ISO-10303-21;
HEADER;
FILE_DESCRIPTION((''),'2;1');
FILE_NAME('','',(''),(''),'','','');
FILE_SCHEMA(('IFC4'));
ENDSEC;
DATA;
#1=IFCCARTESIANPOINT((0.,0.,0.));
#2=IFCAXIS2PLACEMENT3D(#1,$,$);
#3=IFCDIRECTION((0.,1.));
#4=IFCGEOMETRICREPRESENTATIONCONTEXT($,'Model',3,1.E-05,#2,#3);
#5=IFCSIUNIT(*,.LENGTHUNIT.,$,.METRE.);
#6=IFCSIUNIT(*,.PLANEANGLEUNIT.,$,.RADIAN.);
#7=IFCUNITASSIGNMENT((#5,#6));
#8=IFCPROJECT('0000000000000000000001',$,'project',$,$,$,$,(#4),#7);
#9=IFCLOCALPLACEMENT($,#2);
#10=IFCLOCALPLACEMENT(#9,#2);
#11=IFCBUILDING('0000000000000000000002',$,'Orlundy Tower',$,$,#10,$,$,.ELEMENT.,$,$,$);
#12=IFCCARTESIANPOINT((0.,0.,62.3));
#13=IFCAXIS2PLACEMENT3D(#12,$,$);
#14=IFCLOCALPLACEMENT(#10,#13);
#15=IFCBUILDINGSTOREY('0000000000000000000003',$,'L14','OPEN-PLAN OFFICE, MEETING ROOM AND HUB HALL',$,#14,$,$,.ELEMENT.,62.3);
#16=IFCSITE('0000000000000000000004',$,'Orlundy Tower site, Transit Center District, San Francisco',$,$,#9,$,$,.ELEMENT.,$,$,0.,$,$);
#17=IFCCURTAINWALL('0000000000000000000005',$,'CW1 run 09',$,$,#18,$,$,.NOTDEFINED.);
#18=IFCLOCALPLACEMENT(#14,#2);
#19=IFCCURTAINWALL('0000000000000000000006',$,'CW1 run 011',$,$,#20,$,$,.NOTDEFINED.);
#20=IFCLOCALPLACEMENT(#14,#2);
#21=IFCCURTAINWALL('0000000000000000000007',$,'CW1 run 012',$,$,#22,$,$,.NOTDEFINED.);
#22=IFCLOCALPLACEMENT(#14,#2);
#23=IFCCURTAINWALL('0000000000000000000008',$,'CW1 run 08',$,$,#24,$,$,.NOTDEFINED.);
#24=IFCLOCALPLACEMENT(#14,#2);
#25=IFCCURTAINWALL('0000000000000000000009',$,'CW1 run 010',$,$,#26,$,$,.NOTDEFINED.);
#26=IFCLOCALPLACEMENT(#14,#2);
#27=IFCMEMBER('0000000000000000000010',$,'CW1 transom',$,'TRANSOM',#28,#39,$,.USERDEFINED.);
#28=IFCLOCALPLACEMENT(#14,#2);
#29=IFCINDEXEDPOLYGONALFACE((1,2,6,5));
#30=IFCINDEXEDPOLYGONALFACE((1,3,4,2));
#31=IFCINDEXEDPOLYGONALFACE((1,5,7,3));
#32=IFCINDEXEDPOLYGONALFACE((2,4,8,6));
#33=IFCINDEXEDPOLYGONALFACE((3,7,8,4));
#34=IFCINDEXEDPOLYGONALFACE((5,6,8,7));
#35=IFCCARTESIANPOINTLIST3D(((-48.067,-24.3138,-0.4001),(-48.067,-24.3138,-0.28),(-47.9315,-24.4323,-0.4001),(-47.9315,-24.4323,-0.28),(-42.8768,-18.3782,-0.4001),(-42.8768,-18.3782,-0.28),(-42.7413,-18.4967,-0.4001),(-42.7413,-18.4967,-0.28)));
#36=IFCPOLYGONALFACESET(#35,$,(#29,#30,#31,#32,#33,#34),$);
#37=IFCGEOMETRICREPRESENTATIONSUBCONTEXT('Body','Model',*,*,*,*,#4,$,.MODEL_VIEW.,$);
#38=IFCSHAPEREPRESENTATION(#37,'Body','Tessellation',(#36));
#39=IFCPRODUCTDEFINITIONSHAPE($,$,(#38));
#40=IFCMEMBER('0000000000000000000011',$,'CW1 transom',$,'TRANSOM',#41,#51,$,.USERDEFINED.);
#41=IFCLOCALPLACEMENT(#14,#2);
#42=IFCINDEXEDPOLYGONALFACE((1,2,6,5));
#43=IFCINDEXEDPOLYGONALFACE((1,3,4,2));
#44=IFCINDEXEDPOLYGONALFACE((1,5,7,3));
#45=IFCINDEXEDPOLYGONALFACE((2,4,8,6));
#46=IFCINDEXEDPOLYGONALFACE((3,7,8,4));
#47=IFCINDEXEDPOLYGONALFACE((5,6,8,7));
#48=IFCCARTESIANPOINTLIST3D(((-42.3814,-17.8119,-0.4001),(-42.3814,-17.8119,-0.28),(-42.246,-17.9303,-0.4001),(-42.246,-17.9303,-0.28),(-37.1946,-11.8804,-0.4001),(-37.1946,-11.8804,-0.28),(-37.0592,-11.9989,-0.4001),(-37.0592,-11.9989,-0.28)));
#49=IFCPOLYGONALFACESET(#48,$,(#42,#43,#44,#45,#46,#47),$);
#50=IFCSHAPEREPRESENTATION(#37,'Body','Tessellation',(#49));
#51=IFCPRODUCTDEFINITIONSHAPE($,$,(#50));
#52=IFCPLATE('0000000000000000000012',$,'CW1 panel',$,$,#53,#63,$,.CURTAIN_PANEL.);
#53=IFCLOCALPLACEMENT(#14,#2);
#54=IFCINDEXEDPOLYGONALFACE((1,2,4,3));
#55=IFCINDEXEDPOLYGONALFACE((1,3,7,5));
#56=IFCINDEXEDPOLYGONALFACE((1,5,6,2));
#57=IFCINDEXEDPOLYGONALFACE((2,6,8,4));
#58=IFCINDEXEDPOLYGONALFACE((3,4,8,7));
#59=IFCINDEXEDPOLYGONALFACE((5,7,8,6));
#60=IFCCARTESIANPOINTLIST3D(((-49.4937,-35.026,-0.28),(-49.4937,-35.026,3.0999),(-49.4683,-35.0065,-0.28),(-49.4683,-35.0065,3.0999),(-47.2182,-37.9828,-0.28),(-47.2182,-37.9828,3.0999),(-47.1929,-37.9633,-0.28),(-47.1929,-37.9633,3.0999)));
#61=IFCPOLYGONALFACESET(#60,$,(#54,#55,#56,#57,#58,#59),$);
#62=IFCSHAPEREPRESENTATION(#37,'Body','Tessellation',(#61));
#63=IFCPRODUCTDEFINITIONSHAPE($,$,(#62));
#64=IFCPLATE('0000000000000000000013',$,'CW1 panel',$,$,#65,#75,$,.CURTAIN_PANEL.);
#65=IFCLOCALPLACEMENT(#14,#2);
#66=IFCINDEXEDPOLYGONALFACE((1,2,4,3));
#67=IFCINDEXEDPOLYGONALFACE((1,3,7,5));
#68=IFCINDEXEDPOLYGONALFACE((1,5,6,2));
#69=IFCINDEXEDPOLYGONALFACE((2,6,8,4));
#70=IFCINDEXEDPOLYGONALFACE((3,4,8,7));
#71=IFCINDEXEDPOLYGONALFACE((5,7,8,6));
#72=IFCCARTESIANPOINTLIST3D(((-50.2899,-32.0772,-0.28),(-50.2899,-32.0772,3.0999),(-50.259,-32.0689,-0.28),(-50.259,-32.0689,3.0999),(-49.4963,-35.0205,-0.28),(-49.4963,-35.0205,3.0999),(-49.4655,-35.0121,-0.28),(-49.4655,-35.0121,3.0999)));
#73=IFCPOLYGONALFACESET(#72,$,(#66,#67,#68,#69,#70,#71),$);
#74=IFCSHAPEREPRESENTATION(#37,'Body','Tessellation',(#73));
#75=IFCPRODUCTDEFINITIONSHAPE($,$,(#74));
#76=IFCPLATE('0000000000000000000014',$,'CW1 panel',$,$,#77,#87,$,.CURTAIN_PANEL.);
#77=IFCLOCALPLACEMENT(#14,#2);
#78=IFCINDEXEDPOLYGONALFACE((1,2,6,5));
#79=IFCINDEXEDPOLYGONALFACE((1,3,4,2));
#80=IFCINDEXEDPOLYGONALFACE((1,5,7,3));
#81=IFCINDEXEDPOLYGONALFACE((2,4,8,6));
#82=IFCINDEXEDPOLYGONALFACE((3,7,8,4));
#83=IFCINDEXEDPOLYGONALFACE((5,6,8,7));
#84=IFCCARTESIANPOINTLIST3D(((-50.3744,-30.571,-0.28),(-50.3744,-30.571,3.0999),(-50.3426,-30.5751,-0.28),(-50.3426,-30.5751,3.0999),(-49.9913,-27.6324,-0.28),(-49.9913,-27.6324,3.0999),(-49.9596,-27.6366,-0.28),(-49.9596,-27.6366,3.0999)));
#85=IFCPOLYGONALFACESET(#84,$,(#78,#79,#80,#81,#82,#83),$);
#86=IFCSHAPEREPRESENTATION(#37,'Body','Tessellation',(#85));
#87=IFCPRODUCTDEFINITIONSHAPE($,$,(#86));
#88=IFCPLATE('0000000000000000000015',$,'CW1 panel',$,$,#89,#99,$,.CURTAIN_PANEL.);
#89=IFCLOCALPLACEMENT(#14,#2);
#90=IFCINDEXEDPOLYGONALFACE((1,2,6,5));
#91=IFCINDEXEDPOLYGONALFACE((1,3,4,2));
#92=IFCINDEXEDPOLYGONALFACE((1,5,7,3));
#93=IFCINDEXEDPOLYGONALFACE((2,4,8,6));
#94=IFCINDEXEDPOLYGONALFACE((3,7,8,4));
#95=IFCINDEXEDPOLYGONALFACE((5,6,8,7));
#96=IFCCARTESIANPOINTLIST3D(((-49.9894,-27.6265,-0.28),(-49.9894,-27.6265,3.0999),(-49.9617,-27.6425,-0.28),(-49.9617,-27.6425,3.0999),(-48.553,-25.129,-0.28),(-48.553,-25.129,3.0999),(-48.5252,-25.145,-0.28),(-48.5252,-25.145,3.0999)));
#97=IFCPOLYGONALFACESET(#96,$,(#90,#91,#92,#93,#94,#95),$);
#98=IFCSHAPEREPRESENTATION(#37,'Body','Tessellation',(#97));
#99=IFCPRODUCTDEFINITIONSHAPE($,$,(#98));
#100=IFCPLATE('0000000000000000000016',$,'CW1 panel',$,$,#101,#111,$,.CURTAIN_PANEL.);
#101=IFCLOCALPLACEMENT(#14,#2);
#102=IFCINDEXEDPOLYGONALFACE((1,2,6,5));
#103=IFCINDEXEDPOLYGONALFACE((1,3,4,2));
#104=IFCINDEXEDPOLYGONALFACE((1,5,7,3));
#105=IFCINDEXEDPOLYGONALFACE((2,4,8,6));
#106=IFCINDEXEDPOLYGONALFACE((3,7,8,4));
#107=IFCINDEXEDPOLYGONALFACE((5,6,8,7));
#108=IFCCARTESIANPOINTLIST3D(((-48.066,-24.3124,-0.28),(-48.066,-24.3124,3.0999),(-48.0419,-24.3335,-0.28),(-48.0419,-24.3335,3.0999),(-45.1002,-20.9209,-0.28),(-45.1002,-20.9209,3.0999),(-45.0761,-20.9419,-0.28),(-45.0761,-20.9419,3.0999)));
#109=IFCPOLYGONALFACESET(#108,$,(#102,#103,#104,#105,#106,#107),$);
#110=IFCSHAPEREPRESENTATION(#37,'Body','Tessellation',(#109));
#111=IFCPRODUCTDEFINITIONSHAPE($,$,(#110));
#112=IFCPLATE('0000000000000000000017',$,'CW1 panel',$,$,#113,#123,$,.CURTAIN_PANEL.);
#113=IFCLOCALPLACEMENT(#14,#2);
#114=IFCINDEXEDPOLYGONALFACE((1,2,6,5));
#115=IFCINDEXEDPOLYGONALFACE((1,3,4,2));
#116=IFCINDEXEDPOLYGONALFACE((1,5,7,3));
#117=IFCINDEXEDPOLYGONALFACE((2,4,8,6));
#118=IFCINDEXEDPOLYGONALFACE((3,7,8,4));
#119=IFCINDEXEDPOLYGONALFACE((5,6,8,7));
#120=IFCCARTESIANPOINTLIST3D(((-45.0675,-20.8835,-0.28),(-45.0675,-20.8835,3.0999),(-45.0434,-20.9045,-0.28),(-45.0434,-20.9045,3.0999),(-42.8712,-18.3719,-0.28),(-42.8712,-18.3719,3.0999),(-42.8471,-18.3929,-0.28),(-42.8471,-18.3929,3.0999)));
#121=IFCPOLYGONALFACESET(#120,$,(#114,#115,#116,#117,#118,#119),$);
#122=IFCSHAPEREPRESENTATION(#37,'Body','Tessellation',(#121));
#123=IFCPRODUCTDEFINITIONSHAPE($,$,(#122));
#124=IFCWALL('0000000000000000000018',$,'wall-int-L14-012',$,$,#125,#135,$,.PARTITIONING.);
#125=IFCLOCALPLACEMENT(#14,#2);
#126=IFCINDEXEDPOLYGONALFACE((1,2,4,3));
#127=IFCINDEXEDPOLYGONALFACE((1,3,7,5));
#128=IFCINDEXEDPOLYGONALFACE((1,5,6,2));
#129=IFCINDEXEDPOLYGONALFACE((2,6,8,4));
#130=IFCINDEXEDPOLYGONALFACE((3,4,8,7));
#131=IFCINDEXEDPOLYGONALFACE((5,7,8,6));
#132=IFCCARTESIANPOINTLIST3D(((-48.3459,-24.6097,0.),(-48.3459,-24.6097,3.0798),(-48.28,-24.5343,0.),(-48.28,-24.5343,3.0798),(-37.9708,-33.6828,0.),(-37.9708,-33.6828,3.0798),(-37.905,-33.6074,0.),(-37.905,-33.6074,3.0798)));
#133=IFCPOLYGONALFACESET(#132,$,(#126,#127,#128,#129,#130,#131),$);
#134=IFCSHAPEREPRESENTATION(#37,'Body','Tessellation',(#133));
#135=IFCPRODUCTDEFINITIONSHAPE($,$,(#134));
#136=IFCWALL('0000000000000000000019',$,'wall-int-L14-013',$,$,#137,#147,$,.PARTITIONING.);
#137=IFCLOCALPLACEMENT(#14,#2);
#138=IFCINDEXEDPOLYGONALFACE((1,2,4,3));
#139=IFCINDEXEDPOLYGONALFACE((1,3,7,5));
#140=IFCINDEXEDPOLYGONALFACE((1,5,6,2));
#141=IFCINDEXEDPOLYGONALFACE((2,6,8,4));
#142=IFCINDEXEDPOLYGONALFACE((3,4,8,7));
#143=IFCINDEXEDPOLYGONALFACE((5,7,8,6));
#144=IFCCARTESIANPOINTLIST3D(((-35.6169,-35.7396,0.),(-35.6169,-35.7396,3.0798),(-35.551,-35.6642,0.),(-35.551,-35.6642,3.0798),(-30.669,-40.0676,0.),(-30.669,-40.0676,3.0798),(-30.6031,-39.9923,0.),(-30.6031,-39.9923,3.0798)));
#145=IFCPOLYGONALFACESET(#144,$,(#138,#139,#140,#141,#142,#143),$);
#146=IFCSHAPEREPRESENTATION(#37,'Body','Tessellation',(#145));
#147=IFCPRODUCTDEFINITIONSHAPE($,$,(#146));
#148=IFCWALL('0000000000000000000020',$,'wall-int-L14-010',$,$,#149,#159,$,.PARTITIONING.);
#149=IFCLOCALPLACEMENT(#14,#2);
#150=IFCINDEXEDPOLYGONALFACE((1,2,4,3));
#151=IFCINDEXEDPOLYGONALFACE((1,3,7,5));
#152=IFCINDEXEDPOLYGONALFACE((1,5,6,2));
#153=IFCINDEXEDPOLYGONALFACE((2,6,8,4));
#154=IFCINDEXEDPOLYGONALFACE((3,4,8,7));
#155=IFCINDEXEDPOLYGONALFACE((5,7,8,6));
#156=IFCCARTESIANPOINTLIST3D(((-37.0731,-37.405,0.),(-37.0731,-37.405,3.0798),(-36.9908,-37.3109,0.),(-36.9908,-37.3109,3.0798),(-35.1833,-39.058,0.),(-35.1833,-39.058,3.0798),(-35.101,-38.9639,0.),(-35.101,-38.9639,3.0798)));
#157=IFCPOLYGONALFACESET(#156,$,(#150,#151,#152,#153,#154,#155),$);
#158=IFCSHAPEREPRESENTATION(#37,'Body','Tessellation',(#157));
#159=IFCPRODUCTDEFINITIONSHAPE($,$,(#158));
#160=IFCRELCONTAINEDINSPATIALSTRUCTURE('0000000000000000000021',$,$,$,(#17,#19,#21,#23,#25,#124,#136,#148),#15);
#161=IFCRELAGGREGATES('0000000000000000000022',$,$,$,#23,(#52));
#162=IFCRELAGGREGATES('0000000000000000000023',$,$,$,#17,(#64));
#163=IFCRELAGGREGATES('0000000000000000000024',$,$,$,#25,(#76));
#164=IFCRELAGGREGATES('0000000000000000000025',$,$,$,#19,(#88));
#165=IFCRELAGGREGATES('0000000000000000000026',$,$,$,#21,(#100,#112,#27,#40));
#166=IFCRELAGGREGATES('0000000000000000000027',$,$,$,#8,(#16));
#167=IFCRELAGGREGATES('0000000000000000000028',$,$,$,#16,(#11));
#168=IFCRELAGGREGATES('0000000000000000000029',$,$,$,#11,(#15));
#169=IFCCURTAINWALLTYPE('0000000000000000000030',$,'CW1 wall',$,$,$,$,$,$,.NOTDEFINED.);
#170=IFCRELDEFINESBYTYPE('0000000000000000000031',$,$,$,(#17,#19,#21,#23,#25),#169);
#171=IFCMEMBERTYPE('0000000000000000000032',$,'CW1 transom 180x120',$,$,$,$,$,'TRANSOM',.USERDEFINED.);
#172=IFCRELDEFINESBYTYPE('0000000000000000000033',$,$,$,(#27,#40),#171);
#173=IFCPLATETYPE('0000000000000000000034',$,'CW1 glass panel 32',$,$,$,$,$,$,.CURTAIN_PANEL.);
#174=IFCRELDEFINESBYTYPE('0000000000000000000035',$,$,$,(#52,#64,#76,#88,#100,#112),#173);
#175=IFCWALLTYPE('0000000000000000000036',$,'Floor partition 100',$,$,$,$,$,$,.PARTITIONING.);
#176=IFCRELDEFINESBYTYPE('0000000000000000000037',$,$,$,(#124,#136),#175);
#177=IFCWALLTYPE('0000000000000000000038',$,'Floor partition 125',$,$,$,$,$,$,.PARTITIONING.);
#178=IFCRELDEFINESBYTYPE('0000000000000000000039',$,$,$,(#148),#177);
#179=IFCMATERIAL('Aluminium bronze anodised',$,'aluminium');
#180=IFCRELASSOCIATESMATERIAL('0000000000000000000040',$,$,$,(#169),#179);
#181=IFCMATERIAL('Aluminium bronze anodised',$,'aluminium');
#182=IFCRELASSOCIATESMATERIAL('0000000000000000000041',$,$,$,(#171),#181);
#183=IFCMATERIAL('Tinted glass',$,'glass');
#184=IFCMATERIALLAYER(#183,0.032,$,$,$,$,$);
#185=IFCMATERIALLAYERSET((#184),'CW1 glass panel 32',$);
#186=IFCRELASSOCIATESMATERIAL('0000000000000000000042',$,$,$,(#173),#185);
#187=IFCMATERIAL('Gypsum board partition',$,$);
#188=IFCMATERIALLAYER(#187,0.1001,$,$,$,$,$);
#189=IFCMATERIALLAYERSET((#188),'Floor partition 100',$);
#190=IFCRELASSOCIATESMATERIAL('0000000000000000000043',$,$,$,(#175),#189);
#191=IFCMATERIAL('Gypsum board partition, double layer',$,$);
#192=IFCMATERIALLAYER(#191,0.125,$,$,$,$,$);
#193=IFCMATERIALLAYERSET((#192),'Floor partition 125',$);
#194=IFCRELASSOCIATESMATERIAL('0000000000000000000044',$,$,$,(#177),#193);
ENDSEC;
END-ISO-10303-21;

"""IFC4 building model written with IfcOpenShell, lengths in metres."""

from ifc_helpers import new_model, si_unit, direction, frame, frame_2d, origin, origin_2d, place, context, subcontext, project, spatial, rectangle, extrude, material, layer, layer_set, material_profile, profile_set, type_object, element, aggregate, save


model = new_model("IFC4")

# Units and contexts
model_context = context("Model", 3, precision=1e-05, world=origin(), true_north=direction((0.0, 1.0)))
body_context = subcontext(model_context, "Body", "Model", "MODEL_VIEW")
ifc_project = project(units=[si_unit("LENGTHUNIT", "METRE"), si_unit("PLANEANGLEUNIT", "RADIAN")], contexts=[model_context])

# Site, building, storey
site_placement = place(None, origin())
site = spatial("IfcSite", under=ifc_project, at=site_placement, Name="Orlundy Tower site, Transit Center District, San Francisco", CompositionType="ELEMENT", RefElevation=0.0)
building_placement = place(site_placement, origin())
building = spatial("IfcBuilding", under=site, at=building_placement, Name="Orlundy Tower", CompositionType="ELEMENT")
storey_placement = place(building_placement, frame((0.0, 0.0, 62.3)))
storey = spatial("IfcBuildingStorey", under=building, at=storey_placement, Name="L14", Description="OPEN-PLAN OFFICE, MEETING ROOM AND HUB HALL", CompositionType="ELEMENT", Elevation=62.3)

# Curtain walls
ifc_material_1 = material(Name="Aluminium bronze anodised", Category="aluminium")
curtain_wall_type = type_object("IfcCurtainWallType", Name="CW1 wall", PredefinedType="NOTDEFINED", material=ifc_material_1)
curtain_wall_1_placement = place(storey_placement, origin())
curtain_wall_1 = element("IfcCurtainWall", 1, at=curtain_wall_1_placement, inside=storey, type_object=curtain_wall_type, Name="CW1 run 09", PredefinedType="NOTDEFINED")
curtain_wall_2_placement = place(storey_placement, origin())
curtain_wall_2 = element("IfcCurtainWall", 2, at=curtain_wall_2_placement, inside=storey, type_object=curtain_wall_type, Name="CW1 run 011", PredefinedType="NOTDEFINED")

# Curtain wall
curtain_wall_3_placement = place(storey_placement, origin())
curtain_wall_3 = element("IfcCurtainWall", 3, at=curtain_wall_3_placement, inside=storey, type_object=curtain_wall_type, Name="CW1 run 012", PredefinedType="NOTDEFINED")

# Curtain wall
curtain_wall_4_placement = place(storey_placement, origin())
curtain_wall_4 = element("IfcCurtainWall", 4, at=curtain_wall_4_placement, inside=storey, type_object=curtain_wall_type, Name="CW1 run 08", PredefinedType="NOTDEFINED")
ifc_material_2 = material(Name="Aluminium bronze anodised", Category="aluminium")
ifc_material_profile_1 = material_profile(ifc_material_2, rectangle(XDim=0.1799, YDim=0.1201, at=origin_2d()), Name="CW1 transom 180x120")
ifc_profile_set_1 = profile_set([ifc_material_profile_1], Name="Aluminium bronze anodised")
member_type_1 = type_object("IfcMemberType", Name="CW1 transom 180x120", ElementType="TRANSOM", PredefinedType="USERDEFINED", material=ifc_profile_set_1)

# Curtain wall
curtain_wall_5_placement = place(storey_placement, origin())
curtain_wall_5 = element("IfcCurtainWall", 5, at=curtain_wall_5_placement, inside=storey, type_object=curtain_wall_type, Name="CW1 run 010", PredefinedType="NOTDEFINED")

# Members
member_1_placement = place(storey_placement, frame((-47.9993, -24.373, -0.3401), z_axis=(0.658259, 0.752791, 0.0), x_axis=(-0.752791, 0.658259, 0.0)))
member_1 = element("IfcMember", 6, at=member_1_placement, type_object=member_type_1, Name="CW1 transom", ObjectType="TRANSOM", PredefinedType="USERDEFINED", context=body_context, shape_type="SweptSolid", body=[
    extrude(rectangle(XDim=0.1799, YDim=0.1201, at=origin_2d()), origin(), (0.0, 0.0, 1.0), 7.8848),
])
member_2_placement = place(storey_placement, frame((-42.3137, -17.8711, -0.3401), z_axis=(0.658274, 0.752778, 0.0), x_axis=(-0.752778, 0.658274, 0.0)))
member_2 = element("IfcMember", 7, at=member_2_placement, type_object=member_type_1, Name="CW1 transom", ObjectType="TRANSOM", PredefinedType="USERDEFINED", context=body_context, shape_type="SweptSolid", body=[
    extrude(rectangle(XDim=0.1799, YDim=0.1201, at=origin_2d()), origin(), (0.0, 0.0, 1.0), 7.8794),
])

# Plates
ifc_material_3 = material(Name="Tinted glass", Category="glass")
ifc_layer_1 = layer(ifc_material_3, 0.032)
ifc_layer_set_1 = layer_set([ifc_layer_1], Name="CW1 glass panel 32")
plate_type = type_object("IfcPlateType", Name="CW1 glass panel 32", PredefinedType="CURTAIN_PANEL", material=ifc_layer_set_1)
plate_1_placement = place(storey_placement, frame((-48.3433, -36.4946, -0.28), z_axis=(0.0, 0.0, 1.0), x_axis=(-0.60988, 0.792494, 0.0)))
plate_1 = element("IfcPlate", 8, at=plate_1_placement, type_object=plate_type, Name="CW1 panel", PredefinedType="CURTAIN_PANEL", context=body_context, shape_type="SweptSolid", body=[
    extrude(rectangle(XDim=3.731, YDim=0.032, at=origin_2d()), origin(), (0.0, 0.0, 1.0), 3.3799),
])
aggregate(curtain_wall_4, [plate_1])
plate_2_placement = place(storey_placement, frame((-49.8777, -33.5447, -0.28), z_axis=(0.0, 0.0, 1.0), x_axis=(-0.260331, 0.965519, 0.0)))
plate_2 = element("IfcPlate", 9, at=plate_2_placement, type_object=plate_type, Name="CW1 panel", PredefinedType="CURTAIN_PANEL", context=body_context, shape_type="SweptSolid", body=[
    extrude(rectangle(XDim=3.0483, YDim=0.032, at=origin_2d()), origin(), (0.0, 0.0, 1.0), 3.3799),
])
aggregate(curtain_wall_1, [plate_2])
plate_3_placement = place(storey_placement, frame((-50.167, -29.1038, -0.28), z_axis=(0.0, 0.0, 1.0), x_axis=(0.129247, 0.991612, 0.0)))
plate_3 = element("IfcPlate", 10, at=plate_3_placement, type_object=plate_type, Name="CW1 panel", PredefinedType="CURTAIN_PANEL", context=body_context, shape_type="SweptSolid", body=[
    extrude(rectangle(XDim=2.9634, YDim=0.032, at=origin_2d()), origin(), (0.0, 0.0, 1.0), 3.3799),
])
aggregate(curtain_wall_5, [plate_3])
plate_4_placement = place(storey_placement, frame((-49.2573, -26.3857, -0.28), z_axis=(0.0, 0.0, 1.0), x_axis=(0.498578, 0.866845, 0.0)))
plate_4 = element("IfcPlate", 11, at=plate_4_placement, type_object=plate_type, Name="CW1 panel", PredefinedType="CURTAIN_PANEL", context=body_context, shape_type="SweptSolid", body=[
    extrude(rectangle(XDim=2.8811, YDim=0.032, at=origin_2d()), origin(), (0.0, 0.0, 1.0), 3.3799),
])
aggregate(curtain_wall_2, [plate_4])
plate_5_placement = place(storey_placement, frame((-46.571, -22.6272, -0.28), z_axis=(0.0, 0.0, 1.0), x_axis=(0.658273, 0.752779, 0.0)))
plate_5 = element("IfcPlate", 12, at=plate_5_placement, type_object=plate_type, Name="CW1 panel", PredefinedType="CURTAIN_PANEL", context=body_context, shape_type="SweptSolid", body=[
    extrude(rectangle(XDim=4.5054, YDim=0.032, at=origin_2d()), origin(), (0.0, 0.0, 1.0), 3.3799),
])
plate_6_placement = place(storey_placement, frame((-43.9573, -19.6382, -0.28), z_axis=(0.0, 0.0, 1.0), x_axis=(0.658273, 0.752779, 0.0)))
plate_6 = element("IfcPlate", 13, at=plate_6_placement, type_object=plate_type, Name="CW1 panel", PredefinedType="CURTAIN_PANEL", context=body_context, shape_type="SweptSolid", body=[
    extrude(rectangle(XDim=3.3364, YDim=0.032, at=origin_2d()), origin(), (0.0, 0.0, 1.0), 3.3799),
])
aggregate(curtain_wall_3, [plate_5, plate_6, member_1, member_2])

# Walls
ifc_material_4 = material(Name="Gypsum board partition")
ifc_layer_2 = layer(ifc_material_4, 0.1001)
ifc_layer_set_2 = layer_set([ifc_layer_2], Name="Floor partition 100")
wall_type_1 = type_object("IfcWallType", Name="Floor partition 100", PredefinedType="PARTITIONING", material=ifc_layer_set_2)
wall_1_placement = place(storey_placement, frame((-48.313, -24.572, 0.0), z_axis=(0.0, 0.0, 1.0), x_axis=(0.752761, -0.658294, 0.0)))
element("IfcWall", 14, at=wall_1_placement, inside=storey, type_object=wall_type_1, Name="wall-int-L14-012", PredefinedType="PARTITIONING", context=body_context, shape_type="SweptSolid", body=[
    extrude(rectangle(XDim=13.7827, YDim=0.1001, at=frame_2d((6.8914, 0.0))), origin(), (0.0, 0.0, 1.0), 3.0798),
])
wall_2_placement = place(storey_placement, frame((-35.584, -35.7019, 0.0), z_axis=(0.0, 0.0, 1.0), x_axis=(0.75268, -0.658386, 0.0)))
element("IfcWall", 15, at=wall_2_placement, inside=storey, type_object=wall_type_1, Name="wall-int-L14-013", PredefinedType="PARTITIONING", context=body_context, shape_type="SweptSolid", body=[
    extrude(rectangle(XDim=6.5737, YDim=0.1001, at=frame_2d((3.2869, 0.0))), origin(), (0.0, 0.0, 1.0), 3.0798),
])
ifc_material_5 = material(Name="Gypsum board partition, double layer")
ifc_layer_3 = layer(ifc_material_5, 0.125)
ifc_layer_set_3 = layer_set([ifc_layer_3], Name="Floor partition 125")
wall_type_2 = type_object("IfcWallType", Name="Floor partition 125", PredefinedType="PARTITIONING", material=ifc_layer_set_3)
wall_3_placement = place(storey_placement, frame((-37.032, -37.3579, 0.0), z_axis=(0.0, 0.0, 1.0), x_axis=(0.752691, -0.658374, 0.0)))
element("IfcWall", 16, at=wall_3_placement, inside=storey, type_object=wall_type_2, Name="wall-int-L14-010", PredefinedType="PARTITIONING", context=body_context, shape_type="SweptSolid", body=[
    extrude(rectangle(XDim=2.5107, YDim=0.125, at=frame_2d((1.2554, 0.0))), origin(), (0.0, 0.0, 1.0), 3.0798),
])

save(model, "model.ifc")
